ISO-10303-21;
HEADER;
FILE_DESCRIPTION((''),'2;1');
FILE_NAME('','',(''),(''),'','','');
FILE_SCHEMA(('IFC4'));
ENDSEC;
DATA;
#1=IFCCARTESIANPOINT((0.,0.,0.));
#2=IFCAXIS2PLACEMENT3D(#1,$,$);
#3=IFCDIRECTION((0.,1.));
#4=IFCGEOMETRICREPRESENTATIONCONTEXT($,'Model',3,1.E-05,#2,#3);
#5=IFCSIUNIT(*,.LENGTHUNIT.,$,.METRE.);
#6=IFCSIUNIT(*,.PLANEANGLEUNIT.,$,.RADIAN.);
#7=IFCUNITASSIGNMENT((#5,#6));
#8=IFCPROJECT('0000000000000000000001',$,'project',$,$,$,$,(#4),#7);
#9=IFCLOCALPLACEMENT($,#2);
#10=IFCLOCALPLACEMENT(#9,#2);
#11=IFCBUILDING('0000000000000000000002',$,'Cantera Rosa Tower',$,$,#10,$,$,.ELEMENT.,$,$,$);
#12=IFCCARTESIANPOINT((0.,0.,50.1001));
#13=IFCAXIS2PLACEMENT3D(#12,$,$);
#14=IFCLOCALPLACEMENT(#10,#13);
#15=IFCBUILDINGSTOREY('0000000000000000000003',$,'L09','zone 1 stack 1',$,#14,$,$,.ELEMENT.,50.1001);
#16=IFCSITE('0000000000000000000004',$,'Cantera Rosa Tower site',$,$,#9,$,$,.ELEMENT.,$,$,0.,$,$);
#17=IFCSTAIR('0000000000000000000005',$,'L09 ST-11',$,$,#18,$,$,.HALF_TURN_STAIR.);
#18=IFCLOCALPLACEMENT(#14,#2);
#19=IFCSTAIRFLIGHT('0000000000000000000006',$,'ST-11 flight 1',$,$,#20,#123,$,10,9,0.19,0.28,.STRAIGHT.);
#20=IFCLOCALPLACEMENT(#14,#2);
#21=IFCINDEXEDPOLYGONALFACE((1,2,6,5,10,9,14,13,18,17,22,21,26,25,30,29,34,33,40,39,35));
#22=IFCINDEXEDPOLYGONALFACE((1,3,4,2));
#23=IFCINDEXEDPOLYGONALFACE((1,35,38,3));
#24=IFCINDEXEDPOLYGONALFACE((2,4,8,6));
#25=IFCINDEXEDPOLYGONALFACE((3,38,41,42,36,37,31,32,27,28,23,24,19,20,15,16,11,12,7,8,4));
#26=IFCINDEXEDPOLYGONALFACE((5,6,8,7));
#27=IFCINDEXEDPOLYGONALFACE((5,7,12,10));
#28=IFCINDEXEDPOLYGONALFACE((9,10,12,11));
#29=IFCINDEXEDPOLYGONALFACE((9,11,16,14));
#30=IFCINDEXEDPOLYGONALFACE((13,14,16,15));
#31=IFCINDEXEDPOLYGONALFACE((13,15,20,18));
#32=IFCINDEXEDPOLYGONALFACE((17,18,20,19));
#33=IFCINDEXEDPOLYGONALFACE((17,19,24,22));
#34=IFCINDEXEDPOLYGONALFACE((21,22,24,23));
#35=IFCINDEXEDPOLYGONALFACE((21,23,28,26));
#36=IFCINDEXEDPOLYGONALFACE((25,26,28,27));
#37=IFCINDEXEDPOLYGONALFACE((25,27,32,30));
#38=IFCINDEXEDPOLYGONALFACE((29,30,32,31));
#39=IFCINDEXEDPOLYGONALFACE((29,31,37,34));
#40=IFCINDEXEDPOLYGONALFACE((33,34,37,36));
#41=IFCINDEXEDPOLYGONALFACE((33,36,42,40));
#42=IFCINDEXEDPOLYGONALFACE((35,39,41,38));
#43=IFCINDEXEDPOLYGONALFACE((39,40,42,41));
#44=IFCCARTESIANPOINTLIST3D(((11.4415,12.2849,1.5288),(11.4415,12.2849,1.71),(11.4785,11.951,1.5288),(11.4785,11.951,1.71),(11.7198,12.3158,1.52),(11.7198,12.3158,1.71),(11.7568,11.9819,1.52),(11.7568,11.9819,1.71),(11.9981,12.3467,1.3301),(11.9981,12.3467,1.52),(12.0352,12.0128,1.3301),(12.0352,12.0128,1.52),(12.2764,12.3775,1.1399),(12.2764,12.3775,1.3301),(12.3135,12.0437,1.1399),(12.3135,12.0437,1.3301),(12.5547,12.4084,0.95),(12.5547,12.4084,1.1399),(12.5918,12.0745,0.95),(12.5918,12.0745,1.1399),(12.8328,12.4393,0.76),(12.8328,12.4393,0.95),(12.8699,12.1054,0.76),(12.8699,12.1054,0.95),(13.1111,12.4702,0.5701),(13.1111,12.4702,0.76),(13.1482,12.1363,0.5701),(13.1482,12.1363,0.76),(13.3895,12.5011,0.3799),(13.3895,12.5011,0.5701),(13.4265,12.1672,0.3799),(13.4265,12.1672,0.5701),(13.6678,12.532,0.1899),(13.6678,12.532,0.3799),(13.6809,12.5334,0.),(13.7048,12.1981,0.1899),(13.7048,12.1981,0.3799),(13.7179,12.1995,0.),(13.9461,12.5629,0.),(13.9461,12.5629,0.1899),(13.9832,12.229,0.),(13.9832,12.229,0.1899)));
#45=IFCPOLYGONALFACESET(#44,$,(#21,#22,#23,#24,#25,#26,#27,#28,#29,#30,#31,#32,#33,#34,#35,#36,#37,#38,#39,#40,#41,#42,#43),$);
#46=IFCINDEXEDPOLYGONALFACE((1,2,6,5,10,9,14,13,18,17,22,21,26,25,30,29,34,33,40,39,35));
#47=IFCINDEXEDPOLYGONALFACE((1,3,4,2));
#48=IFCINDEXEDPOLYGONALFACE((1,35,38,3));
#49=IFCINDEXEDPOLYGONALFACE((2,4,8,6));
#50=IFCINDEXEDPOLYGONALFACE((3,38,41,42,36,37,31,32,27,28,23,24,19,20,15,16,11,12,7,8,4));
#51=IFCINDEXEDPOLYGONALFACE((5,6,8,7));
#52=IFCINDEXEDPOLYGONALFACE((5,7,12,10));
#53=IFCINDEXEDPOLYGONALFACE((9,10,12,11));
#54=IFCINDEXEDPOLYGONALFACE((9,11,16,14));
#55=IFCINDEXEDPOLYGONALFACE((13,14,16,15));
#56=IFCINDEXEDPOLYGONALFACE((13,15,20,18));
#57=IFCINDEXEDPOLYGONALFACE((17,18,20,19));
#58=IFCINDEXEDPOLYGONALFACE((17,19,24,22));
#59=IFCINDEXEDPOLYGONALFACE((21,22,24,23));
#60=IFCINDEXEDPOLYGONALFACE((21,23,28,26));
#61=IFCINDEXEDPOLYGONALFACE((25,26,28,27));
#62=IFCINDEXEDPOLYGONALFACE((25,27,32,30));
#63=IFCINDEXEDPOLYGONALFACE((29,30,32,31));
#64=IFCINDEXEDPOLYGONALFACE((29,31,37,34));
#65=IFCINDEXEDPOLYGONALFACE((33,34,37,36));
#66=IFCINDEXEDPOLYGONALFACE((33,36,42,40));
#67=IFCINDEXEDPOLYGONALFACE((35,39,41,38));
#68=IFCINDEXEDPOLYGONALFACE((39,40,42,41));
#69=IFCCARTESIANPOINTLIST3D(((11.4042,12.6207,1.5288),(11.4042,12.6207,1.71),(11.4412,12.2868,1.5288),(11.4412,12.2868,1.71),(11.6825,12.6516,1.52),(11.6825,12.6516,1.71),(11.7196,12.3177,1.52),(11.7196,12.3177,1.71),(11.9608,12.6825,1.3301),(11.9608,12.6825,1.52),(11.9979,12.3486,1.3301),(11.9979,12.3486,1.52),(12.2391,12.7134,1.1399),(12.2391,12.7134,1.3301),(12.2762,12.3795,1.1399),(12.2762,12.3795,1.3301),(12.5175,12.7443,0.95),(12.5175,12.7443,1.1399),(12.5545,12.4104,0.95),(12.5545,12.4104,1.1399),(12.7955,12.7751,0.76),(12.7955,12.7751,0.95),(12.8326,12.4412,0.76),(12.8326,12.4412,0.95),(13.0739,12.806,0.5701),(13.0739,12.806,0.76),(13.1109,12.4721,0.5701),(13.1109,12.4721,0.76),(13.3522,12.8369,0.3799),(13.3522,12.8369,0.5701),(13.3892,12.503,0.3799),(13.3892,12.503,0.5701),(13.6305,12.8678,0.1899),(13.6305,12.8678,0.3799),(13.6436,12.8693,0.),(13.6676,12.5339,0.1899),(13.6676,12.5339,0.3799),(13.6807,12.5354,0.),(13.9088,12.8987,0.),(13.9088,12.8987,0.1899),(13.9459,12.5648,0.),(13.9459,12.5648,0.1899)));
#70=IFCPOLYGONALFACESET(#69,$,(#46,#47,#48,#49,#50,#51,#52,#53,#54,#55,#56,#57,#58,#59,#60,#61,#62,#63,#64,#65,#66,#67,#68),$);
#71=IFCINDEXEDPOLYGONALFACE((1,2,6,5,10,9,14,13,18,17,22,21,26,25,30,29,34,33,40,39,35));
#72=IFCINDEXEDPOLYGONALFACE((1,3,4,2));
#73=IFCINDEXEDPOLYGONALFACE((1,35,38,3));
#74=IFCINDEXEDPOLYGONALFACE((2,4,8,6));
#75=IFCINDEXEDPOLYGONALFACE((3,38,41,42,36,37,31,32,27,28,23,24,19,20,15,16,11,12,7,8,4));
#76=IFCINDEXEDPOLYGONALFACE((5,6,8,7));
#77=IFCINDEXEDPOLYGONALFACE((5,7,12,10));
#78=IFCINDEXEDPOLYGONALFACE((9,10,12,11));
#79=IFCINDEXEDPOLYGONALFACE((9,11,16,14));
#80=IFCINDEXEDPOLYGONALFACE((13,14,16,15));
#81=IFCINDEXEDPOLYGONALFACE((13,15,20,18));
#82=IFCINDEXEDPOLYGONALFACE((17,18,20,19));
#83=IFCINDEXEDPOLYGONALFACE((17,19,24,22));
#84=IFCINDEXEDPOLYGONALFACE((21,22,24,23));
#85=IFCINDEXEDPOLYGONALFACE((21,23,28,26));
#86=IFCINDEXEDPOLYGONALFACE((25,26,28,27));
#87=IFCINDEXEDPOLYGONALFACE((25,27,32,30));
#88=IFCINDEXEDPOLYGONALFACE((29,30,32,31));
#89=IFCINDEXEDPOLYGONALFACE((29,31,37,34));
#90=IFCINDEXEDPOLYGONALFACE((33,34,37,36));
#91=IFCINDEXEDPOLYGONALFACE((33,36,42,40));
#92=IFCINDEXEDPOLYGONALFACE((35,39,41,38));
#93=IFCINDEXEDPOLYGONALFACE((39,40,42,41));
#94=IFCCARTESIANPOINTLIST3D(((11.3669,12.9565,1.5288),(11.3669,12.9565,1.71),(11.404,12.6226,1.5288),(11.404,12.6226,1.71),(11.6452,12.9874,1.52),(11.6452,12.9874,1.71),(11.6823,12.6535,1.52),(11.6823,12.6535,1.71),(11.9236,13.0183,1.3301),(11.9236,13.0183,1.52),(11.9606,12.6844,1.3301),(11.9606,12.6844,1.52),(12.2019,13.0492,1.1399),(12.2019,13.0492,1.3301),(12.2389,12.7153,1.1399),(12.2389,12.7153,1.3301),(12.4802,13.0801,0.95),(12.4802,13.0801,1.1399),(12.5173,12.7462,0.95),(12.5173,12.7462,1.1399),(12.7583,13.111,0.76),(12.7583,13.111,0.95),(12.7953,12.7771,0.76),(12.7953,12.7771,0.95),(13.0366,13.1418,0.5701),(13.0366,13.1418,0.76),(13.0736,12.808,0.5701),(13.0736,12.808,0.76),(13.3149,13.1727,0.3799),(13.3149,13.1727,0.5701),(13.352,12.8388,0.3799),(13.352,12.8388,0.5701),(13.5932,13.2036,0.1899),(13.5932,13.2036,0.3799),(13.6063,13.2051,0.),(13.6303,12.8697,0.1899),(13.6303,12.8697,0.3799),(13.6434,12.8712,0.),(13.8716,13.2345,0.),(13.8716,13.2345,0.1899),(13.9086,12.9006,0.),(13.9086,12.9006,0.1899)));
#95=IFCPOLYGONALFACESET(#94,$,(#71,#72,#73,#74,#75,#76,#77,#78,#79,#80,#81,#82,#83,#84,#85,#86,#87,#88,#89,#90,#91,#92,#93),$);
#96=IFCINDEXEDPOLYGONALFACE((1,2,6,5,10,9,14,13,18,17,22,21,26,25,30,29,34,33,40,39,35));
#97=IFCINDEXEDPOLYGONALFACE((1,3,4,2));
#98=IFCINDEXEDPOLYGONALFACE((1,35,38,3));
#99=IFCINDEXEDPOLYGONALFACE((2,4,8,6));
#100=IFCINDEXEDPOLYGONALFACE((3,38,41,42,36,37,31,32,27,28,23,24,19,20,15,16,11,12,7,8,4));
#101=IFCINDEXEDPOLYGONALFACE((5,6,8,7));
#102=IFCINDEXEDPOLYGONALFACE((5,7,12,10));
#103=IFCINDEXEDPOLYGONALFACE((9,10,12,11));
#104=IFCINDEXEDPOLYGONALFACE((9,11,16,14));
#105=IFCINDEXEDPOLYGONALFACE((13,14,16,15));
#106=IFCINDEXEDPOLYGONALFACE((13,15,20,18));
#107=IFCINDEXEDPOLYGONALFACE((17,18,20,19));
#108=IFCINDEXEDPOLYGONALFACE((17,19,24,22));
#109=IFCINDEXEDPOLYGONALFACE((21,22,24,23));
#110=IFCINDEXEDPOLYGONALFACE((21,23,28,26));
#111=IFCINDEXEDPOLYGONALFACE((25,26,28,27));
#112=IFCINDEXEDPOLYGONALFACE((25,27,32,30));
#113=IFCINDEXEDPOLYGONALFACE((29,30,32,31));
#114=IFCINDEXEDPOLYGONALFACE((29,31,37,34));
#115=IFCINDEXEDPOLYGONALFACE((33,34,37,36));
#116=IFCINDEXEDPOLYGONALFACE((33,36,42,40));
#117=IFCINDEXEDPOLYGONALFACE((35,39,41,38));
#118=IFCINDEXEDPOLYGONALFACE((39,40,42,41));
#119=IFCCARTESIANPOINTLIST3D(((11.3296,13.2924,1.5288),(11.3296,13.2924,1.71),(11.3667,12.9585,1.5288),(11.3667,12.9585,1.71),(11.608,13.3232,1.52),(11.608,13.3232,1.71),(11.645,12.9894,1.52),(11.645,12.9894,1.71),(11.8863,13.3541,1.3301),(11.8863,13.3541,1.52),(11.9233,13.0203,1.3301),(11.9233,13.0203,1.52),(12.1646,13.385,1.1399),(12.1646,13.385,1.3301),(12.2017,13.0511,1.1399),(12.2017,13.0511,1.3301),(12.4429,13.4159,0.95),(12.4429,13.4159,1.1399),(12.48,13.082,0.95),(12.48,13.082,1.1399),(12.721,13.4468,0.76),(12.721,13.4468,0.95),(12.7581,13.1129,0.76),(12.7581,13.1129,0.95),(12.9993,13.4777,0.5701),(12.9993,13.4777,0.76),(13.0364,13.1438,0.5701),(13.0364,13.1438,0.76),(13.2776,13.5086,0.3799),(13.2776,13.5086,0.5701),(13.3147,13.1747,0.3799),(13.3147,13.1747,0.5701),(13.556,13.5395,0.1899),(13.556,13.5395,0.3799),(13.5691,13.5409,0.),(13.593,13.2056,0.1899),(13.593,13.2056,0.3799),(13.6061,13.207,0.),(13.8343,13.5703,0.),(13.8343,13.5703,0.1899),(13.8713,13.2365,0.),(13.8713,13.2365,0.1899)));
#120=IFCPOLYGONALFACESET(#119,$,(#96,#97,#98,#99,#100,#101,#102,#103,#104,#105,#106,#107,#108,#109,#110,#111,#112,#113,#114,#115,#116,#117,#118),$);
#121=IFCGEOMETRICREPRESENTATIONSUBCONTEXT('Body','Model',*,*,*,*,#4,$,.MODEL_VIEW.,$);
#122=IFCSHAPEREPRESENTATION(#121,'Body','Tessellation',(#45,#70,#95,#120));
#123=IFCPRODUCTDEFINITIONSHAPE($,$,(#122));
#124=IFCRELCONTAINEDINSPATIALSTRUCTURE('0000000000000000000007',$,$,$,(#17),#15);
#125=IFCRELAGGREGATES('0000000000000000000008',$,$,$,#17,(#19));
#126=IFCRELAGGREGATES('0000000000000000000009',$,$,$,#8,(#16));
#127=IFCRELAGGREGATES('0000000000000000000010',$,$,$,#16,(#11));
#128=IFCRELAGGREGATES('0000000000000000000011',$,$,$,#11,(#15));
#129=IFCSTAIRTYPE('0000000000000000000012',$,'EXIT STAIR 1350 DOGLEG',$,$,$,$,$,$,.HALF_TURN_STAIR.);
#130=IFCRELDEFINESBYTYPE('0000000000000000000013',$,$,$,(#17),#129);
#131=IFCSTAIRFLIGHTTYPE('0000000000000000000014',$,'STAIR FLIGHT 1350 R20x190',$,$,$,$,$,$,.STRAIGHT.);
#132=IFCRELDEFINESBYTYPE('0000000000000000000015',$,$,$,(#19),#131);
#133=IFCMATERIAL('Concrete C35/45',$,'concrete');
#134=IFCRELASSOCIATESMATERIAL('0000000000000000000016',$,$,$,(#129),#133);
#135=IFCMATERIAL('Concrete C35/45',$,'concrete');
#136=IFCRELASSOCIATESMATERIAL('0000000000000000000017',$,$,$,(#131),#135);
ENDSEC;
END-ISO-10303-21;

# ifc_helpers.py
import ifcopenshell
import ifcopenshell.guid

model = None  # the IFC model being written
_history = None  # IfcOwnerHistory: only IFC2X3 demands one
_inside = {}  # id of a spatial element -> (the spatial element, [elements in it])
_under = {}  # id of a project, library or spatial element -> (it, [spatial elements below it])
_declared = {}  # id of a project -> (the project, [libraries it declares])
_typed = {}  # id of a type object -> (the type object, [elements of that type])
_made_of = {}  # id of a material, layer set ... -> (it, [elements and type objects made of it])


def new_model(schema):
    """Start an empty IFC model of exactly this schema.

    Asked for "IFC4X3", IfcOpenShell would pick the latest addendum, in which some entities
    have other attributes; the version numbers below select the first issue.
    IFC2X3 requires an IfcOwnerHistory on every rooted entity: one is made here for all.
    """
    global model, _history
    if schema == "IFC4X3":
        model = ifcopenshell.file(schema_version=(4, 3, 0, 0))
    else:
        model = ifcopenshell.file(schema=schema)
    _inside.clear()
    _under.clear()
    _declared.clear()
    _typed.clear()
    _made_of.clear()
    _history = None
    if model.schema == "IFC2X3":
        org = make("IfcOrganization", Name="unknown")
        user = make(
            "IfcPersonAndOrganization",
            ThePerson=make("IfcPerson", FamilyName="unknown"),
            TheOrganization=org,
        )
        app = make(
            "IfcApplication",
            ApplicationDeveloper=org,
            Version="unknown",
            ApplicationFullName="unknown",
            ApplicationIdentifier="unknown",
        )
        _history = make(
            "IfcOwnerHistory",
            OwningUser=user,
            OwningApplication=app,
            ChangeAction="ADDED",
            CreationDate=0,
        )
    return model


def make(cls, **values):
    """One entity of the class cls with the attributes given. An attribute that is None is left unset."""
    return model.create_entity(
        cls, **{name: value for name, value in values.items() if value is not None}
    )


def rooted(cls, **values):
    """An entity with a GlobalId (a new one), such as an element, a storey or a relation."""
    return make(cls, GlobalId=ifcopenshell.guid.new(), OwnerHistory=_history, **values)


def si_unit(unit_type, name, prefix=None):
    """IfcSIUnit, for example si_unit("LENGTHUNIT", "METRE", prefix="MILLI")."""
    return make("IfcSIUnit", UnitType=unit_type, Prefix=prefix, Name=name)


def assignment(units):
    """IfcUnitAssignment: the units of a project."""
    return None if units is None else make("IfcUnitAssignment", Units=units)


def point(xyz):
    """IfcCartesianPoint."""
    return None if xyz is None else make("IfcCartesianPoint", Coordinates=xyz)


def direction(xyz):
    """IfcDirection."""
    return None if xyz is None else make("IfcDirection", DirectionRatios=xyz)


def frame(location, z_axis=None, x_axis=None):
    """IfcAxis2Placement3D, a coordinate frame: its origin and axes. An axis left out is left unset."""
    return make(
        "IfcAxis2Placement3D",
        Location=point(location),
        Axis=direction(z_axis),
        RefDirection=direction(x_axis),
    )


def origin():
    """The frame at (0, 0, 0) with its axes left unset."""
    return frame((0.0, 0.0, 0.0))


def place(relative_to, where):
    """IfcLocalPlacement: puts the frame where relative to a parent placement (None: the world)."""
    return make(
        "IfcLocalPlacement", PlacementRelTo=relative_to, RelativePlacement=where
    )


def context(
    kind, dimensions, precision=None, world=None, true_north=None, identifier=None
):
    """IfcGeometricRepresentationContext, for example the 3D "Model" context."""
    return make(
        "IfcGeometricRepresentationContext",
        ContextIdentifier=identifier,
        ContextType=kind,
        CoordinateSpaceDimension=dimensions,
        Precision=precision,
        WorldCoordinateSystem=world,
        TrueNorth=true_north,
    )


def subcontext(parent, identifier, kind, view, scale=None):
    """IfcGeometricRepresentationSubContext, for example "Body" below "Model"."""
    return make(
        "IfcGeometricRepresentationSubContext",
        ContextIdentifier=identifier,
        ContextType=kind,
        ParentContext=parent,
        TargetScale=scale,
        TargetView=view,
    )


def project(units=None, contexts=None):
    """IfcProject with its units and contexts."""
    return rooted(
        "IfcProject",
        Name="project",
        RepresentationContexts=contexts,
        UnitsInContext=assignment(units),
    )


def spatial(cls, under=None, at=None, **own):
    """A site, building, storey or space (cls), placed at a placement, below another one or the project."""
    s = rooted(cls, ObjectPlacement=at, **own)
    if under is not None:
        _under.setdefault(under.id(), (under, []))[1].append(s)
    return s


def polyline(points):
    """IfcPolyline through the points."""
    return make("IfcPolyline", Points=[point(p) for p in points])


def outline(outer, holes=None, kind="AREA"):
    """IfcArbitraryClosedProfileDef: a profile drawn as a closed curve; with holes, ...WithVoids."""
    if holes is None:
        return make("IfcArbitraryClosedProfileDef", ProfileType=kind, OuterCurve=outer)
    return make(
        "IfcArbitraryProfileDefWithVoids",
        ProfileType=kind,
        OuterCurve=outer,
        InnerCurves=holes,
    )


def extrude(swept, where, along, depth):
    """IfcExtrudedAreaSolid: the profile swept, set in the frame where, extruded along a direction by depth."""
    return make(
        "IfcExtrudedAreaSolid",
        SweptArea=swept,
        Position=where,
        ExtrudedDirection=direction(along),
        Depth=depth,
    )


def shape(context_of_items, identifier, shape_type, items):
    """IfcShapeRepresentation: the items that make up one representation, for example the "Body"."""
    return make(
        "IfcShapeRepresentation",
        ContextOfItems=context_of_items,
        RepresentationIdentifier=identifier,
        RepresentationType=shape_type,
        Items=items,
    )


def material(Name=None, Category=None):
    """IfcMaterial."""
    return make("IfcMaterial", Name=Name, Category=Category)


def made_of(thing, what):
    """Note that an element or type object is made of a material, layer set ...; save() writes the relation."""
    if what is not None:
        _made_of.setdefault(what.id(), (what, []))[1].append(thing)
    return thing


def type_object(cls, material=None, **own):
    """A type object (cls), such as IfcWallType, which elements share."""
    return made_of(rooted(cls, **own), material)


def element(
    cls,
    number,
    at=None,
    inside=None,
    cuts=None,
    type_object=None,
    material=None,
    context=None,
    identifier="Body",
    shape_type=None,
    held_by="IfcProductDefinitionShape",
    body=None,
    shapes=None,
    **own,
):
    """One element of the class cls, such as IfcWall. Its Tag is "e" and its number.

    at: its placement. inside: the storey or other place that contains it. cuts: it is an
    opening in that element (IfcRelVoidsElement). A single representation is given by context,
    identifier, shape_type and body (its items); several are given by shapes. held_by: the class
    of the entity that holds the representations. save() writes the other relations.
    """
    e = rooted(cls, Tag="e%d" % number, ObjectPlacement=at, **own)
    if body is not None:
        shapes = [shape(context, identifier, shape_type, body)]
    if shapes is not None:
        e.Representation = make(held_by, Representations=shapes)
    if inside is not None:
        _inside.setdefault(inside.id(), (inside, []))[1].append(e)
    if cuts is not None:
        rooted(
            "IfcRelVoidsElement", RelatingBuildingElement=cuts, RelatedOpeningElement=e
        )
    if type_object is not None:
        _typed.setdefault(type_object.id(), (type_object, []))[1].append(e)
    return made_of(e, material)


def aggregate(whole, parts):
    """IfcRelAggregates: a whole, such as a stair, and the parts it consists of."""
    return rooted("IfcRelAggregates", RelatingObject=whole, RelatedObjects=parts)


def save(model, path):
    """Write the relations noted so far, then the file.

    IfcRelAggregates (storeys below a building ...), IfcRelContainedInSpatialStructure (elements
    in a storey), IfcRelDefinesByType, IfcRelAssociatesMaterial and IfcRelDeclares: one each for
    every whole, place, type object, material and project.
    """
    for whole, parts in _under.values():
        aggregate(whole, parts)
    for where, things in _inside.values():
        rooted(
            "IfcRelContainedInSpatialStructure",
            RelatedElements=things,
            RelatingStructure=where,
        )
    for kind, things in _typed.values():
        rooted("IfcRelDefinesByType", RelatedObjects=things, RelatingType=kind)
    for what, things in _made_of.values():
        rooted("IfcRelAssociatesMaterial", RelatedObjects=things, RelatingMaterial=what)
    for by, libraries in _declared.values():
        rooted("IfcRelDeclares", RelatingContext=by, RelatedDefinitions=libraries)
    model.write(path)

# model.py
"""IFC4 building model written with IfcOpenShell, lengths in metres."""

from ifc_helpers import new_model, si_unit, direction, frame, origin, place, context, subcontext, project, spatial, polyline, outline, extrude, material, type_object, element, aggregate, save


model = new_model("IFC4")

# Units and contexts
model_context = context("Model", 3, precision=1e-05, world=origin(), true_north=direction((0.0, 1.0)))
body_context = subcontext(model_context, "Body", "Model", "MODEL_VIEW")
ifc_project = project(units=[si_unit("LENGTHUNIT", "METRE"), si_unit("PLANEANGLEUNIT", "RADIAN")], contexts=[model_context])

# Site, building, storey
site_placement = place(None, origin())
site = spatial("IfcSite", under=ifc_project, at=site_placement, Name="Cantera Rosa Tower site", CompositionType="ELEMENT", RefElevation=0.0)
building_placement = place(site_placement, origin())
building = spatial("IfcBuilding", under=site, at=building_placement, Name="Cantera Rosa Tower", CompositionType="ELEMENT")
storey_placement = place(building_placement, frame((0.0, 0.0, 50.1001)))
storey = spatial("IfcBuildingStorey", under=building, at=storey_placement, Name="L09", Description="zone 1 stack 1", CompositionType="ELEMENT", Elevation=50.1001)

# Stair, stair flight
ifc_material_1 = material(Name="Concrete C35/45", Category="concrete")
stair_type = type_object("IfcStairType", Name="EXIT STAIR 1350 DOGLEG", PredefinedType="HALF_TURN_STAIR", material=ifc_material_1)
stair_placement = place(storey_placement, origin())
stair = element("IfcStair", 1, at=stair_placement, inside=storey, type_object=stair_type, Name="L09 ST-11", PredefinedType="HALF_TURN_STAIR")
ifc_material_2 = material(Name="Concrete C35/45", Category="concrete")
stair_flight_type = type_object("IfcStairFlightType", Name="STAIR FLIGHT 1350 R20x190", PredefinedType="STRAIGHT", material=ifc_material_2)
stair_flight_placement = place(storey_placement, frame((13.9087, 12.8999, 0.0), z_axis=(0.0, 0.0, 1.0), x_axis=(-0.993897, -0.110313, 0.0)))
stair_flight = element("IfcStairFlight", 2, at=stair_flight_placement, type_object=stair_flight_type, Name="ST-11 flight 1", NumberOfRisers=10, NumberOfTreads=9, PredefinedType="STRAIGHT", RiserHeight=0.19, TreadLength=0.28, context=body_context, shape_type="SweptSolid", body=[
    extrude(outline(polyline([(0.0, 0.0), (0.0, 0.1899), (0.28, 0.1899), (0.28, 0.3799), (0.5601, 0.3799), (0.5601, 0.5701), (0.8401, 0.5701), (0.8401, 0.76), (1.1201, 0.76), (1.1201, 0.95), (1.3999, 0.95), (1.3999, 1.1399), (1.6799, 1.1399), (1.6799, 1.3301), (1.96, 1.3301), (1.96, 1.52), (2.24, 1.52), (2.24, 1.71), (2.52, 1.71), (2.52, 1.8999), (2.52, 1.5288), (0.2668, 0.0), (0.0, 0.0)])), frame((0.0, 0.675, 0.0), z_axis=(0.0, -1.0, 0.0), x_axis=(1.0, 0.0, 0.0)), (0.0, 0.0, 1.0), 0.3359),
    extrude(outline(polyline([(0.0, 0.0), (0.0, 0.1899), (0.28, 0.1899), (0.28, 0.3799), (0.5601, 0.3799), (0.5601, 0.5701), (0.8401, 0.5701), (0.8401, 0.76), (1.1201, 0.76), (1.1201, 0.95), (1.3999, 0.95), (1.3999, 1.1399), (1.6799, 1.1399), (1.6799, 1.3301), (1.96, 1.3301), (1.96, 1.52), (2.24, 1.52), (2.24, 1.71), (2.52, 1.71), (2.52, 1.8999), (2.52, 1.5288), (0.2668, 0.0), (0.0, 0.0)])), frame((0.0, 0.3372, 0.0), z_axis=(0.0, -1.0, 0.0), x_axis=(1.0, 0.0, 0.0)), (0.0, 0.0, 1.0), 0.3359),
    extrude(outline(polyline([(0.0, 0.0), (0.0, 0.1899), (0.28, 0.1899), (0.28, 0.3799), (0.5601, 0.3799), (0.5601, 0.5701), (0.8401, 0.5701), (0.8401, 0.76), (1.1201, 0.76), (1.1201, 0.95), (1.3999, 0.95), (1.3999, 1.1399), (1.6799, 1.1399), (1.6799, 1.3301), (1.96, 1.3301), (1.96, 1.52), (2.24, 1.52), (2.24, 1.71), (2.52, 1.71), (2.52, 1.8999), (2.52, 1.5288), (0.2668, 0.0), (0.0, 0.0)])), frame((0.0, -0.0007, 0.0), z_axis=(0.0, -1.0, 0.0), x_axis=(1.0, 0.0, 0.0)), (0.0, 0.0, 1.0), 0.3359),
    extrude(outline(polyline([(0.0, 0.0), (0.0, 0.1899), (0.28, 0.1899), (0.28, 0.3799), (0.5601, 0.3799), (0.5601, 0.5701), (0.8401, 0.5701), (0.8401, 0.76), (1.1201, 0.76), (1.1201, 0.95), (1.3999, 0.95), (1.3999, 1.1399), (1.6799, 1.1399), (1.6799, 1.3301), (1.96, 1.3301), (1.96, 1.52), (2.24, 1.52), (2.24, 1.71), (2.52, 1.71), (2.52, 1.8999), (2.52, 1.5288), (0.2668, 0.0), (0.0, 0.0)])), frame((0.0, -0.3386, 0.0), z_axis=(0.0, -1.0, 0.0), x_axis=(1.0, 0.0, 0.0)), (0.0, 0.0, 1.0), 0.3359),
])
aggregate(stair, [stair_flight])

save(model, "model.ifc")
